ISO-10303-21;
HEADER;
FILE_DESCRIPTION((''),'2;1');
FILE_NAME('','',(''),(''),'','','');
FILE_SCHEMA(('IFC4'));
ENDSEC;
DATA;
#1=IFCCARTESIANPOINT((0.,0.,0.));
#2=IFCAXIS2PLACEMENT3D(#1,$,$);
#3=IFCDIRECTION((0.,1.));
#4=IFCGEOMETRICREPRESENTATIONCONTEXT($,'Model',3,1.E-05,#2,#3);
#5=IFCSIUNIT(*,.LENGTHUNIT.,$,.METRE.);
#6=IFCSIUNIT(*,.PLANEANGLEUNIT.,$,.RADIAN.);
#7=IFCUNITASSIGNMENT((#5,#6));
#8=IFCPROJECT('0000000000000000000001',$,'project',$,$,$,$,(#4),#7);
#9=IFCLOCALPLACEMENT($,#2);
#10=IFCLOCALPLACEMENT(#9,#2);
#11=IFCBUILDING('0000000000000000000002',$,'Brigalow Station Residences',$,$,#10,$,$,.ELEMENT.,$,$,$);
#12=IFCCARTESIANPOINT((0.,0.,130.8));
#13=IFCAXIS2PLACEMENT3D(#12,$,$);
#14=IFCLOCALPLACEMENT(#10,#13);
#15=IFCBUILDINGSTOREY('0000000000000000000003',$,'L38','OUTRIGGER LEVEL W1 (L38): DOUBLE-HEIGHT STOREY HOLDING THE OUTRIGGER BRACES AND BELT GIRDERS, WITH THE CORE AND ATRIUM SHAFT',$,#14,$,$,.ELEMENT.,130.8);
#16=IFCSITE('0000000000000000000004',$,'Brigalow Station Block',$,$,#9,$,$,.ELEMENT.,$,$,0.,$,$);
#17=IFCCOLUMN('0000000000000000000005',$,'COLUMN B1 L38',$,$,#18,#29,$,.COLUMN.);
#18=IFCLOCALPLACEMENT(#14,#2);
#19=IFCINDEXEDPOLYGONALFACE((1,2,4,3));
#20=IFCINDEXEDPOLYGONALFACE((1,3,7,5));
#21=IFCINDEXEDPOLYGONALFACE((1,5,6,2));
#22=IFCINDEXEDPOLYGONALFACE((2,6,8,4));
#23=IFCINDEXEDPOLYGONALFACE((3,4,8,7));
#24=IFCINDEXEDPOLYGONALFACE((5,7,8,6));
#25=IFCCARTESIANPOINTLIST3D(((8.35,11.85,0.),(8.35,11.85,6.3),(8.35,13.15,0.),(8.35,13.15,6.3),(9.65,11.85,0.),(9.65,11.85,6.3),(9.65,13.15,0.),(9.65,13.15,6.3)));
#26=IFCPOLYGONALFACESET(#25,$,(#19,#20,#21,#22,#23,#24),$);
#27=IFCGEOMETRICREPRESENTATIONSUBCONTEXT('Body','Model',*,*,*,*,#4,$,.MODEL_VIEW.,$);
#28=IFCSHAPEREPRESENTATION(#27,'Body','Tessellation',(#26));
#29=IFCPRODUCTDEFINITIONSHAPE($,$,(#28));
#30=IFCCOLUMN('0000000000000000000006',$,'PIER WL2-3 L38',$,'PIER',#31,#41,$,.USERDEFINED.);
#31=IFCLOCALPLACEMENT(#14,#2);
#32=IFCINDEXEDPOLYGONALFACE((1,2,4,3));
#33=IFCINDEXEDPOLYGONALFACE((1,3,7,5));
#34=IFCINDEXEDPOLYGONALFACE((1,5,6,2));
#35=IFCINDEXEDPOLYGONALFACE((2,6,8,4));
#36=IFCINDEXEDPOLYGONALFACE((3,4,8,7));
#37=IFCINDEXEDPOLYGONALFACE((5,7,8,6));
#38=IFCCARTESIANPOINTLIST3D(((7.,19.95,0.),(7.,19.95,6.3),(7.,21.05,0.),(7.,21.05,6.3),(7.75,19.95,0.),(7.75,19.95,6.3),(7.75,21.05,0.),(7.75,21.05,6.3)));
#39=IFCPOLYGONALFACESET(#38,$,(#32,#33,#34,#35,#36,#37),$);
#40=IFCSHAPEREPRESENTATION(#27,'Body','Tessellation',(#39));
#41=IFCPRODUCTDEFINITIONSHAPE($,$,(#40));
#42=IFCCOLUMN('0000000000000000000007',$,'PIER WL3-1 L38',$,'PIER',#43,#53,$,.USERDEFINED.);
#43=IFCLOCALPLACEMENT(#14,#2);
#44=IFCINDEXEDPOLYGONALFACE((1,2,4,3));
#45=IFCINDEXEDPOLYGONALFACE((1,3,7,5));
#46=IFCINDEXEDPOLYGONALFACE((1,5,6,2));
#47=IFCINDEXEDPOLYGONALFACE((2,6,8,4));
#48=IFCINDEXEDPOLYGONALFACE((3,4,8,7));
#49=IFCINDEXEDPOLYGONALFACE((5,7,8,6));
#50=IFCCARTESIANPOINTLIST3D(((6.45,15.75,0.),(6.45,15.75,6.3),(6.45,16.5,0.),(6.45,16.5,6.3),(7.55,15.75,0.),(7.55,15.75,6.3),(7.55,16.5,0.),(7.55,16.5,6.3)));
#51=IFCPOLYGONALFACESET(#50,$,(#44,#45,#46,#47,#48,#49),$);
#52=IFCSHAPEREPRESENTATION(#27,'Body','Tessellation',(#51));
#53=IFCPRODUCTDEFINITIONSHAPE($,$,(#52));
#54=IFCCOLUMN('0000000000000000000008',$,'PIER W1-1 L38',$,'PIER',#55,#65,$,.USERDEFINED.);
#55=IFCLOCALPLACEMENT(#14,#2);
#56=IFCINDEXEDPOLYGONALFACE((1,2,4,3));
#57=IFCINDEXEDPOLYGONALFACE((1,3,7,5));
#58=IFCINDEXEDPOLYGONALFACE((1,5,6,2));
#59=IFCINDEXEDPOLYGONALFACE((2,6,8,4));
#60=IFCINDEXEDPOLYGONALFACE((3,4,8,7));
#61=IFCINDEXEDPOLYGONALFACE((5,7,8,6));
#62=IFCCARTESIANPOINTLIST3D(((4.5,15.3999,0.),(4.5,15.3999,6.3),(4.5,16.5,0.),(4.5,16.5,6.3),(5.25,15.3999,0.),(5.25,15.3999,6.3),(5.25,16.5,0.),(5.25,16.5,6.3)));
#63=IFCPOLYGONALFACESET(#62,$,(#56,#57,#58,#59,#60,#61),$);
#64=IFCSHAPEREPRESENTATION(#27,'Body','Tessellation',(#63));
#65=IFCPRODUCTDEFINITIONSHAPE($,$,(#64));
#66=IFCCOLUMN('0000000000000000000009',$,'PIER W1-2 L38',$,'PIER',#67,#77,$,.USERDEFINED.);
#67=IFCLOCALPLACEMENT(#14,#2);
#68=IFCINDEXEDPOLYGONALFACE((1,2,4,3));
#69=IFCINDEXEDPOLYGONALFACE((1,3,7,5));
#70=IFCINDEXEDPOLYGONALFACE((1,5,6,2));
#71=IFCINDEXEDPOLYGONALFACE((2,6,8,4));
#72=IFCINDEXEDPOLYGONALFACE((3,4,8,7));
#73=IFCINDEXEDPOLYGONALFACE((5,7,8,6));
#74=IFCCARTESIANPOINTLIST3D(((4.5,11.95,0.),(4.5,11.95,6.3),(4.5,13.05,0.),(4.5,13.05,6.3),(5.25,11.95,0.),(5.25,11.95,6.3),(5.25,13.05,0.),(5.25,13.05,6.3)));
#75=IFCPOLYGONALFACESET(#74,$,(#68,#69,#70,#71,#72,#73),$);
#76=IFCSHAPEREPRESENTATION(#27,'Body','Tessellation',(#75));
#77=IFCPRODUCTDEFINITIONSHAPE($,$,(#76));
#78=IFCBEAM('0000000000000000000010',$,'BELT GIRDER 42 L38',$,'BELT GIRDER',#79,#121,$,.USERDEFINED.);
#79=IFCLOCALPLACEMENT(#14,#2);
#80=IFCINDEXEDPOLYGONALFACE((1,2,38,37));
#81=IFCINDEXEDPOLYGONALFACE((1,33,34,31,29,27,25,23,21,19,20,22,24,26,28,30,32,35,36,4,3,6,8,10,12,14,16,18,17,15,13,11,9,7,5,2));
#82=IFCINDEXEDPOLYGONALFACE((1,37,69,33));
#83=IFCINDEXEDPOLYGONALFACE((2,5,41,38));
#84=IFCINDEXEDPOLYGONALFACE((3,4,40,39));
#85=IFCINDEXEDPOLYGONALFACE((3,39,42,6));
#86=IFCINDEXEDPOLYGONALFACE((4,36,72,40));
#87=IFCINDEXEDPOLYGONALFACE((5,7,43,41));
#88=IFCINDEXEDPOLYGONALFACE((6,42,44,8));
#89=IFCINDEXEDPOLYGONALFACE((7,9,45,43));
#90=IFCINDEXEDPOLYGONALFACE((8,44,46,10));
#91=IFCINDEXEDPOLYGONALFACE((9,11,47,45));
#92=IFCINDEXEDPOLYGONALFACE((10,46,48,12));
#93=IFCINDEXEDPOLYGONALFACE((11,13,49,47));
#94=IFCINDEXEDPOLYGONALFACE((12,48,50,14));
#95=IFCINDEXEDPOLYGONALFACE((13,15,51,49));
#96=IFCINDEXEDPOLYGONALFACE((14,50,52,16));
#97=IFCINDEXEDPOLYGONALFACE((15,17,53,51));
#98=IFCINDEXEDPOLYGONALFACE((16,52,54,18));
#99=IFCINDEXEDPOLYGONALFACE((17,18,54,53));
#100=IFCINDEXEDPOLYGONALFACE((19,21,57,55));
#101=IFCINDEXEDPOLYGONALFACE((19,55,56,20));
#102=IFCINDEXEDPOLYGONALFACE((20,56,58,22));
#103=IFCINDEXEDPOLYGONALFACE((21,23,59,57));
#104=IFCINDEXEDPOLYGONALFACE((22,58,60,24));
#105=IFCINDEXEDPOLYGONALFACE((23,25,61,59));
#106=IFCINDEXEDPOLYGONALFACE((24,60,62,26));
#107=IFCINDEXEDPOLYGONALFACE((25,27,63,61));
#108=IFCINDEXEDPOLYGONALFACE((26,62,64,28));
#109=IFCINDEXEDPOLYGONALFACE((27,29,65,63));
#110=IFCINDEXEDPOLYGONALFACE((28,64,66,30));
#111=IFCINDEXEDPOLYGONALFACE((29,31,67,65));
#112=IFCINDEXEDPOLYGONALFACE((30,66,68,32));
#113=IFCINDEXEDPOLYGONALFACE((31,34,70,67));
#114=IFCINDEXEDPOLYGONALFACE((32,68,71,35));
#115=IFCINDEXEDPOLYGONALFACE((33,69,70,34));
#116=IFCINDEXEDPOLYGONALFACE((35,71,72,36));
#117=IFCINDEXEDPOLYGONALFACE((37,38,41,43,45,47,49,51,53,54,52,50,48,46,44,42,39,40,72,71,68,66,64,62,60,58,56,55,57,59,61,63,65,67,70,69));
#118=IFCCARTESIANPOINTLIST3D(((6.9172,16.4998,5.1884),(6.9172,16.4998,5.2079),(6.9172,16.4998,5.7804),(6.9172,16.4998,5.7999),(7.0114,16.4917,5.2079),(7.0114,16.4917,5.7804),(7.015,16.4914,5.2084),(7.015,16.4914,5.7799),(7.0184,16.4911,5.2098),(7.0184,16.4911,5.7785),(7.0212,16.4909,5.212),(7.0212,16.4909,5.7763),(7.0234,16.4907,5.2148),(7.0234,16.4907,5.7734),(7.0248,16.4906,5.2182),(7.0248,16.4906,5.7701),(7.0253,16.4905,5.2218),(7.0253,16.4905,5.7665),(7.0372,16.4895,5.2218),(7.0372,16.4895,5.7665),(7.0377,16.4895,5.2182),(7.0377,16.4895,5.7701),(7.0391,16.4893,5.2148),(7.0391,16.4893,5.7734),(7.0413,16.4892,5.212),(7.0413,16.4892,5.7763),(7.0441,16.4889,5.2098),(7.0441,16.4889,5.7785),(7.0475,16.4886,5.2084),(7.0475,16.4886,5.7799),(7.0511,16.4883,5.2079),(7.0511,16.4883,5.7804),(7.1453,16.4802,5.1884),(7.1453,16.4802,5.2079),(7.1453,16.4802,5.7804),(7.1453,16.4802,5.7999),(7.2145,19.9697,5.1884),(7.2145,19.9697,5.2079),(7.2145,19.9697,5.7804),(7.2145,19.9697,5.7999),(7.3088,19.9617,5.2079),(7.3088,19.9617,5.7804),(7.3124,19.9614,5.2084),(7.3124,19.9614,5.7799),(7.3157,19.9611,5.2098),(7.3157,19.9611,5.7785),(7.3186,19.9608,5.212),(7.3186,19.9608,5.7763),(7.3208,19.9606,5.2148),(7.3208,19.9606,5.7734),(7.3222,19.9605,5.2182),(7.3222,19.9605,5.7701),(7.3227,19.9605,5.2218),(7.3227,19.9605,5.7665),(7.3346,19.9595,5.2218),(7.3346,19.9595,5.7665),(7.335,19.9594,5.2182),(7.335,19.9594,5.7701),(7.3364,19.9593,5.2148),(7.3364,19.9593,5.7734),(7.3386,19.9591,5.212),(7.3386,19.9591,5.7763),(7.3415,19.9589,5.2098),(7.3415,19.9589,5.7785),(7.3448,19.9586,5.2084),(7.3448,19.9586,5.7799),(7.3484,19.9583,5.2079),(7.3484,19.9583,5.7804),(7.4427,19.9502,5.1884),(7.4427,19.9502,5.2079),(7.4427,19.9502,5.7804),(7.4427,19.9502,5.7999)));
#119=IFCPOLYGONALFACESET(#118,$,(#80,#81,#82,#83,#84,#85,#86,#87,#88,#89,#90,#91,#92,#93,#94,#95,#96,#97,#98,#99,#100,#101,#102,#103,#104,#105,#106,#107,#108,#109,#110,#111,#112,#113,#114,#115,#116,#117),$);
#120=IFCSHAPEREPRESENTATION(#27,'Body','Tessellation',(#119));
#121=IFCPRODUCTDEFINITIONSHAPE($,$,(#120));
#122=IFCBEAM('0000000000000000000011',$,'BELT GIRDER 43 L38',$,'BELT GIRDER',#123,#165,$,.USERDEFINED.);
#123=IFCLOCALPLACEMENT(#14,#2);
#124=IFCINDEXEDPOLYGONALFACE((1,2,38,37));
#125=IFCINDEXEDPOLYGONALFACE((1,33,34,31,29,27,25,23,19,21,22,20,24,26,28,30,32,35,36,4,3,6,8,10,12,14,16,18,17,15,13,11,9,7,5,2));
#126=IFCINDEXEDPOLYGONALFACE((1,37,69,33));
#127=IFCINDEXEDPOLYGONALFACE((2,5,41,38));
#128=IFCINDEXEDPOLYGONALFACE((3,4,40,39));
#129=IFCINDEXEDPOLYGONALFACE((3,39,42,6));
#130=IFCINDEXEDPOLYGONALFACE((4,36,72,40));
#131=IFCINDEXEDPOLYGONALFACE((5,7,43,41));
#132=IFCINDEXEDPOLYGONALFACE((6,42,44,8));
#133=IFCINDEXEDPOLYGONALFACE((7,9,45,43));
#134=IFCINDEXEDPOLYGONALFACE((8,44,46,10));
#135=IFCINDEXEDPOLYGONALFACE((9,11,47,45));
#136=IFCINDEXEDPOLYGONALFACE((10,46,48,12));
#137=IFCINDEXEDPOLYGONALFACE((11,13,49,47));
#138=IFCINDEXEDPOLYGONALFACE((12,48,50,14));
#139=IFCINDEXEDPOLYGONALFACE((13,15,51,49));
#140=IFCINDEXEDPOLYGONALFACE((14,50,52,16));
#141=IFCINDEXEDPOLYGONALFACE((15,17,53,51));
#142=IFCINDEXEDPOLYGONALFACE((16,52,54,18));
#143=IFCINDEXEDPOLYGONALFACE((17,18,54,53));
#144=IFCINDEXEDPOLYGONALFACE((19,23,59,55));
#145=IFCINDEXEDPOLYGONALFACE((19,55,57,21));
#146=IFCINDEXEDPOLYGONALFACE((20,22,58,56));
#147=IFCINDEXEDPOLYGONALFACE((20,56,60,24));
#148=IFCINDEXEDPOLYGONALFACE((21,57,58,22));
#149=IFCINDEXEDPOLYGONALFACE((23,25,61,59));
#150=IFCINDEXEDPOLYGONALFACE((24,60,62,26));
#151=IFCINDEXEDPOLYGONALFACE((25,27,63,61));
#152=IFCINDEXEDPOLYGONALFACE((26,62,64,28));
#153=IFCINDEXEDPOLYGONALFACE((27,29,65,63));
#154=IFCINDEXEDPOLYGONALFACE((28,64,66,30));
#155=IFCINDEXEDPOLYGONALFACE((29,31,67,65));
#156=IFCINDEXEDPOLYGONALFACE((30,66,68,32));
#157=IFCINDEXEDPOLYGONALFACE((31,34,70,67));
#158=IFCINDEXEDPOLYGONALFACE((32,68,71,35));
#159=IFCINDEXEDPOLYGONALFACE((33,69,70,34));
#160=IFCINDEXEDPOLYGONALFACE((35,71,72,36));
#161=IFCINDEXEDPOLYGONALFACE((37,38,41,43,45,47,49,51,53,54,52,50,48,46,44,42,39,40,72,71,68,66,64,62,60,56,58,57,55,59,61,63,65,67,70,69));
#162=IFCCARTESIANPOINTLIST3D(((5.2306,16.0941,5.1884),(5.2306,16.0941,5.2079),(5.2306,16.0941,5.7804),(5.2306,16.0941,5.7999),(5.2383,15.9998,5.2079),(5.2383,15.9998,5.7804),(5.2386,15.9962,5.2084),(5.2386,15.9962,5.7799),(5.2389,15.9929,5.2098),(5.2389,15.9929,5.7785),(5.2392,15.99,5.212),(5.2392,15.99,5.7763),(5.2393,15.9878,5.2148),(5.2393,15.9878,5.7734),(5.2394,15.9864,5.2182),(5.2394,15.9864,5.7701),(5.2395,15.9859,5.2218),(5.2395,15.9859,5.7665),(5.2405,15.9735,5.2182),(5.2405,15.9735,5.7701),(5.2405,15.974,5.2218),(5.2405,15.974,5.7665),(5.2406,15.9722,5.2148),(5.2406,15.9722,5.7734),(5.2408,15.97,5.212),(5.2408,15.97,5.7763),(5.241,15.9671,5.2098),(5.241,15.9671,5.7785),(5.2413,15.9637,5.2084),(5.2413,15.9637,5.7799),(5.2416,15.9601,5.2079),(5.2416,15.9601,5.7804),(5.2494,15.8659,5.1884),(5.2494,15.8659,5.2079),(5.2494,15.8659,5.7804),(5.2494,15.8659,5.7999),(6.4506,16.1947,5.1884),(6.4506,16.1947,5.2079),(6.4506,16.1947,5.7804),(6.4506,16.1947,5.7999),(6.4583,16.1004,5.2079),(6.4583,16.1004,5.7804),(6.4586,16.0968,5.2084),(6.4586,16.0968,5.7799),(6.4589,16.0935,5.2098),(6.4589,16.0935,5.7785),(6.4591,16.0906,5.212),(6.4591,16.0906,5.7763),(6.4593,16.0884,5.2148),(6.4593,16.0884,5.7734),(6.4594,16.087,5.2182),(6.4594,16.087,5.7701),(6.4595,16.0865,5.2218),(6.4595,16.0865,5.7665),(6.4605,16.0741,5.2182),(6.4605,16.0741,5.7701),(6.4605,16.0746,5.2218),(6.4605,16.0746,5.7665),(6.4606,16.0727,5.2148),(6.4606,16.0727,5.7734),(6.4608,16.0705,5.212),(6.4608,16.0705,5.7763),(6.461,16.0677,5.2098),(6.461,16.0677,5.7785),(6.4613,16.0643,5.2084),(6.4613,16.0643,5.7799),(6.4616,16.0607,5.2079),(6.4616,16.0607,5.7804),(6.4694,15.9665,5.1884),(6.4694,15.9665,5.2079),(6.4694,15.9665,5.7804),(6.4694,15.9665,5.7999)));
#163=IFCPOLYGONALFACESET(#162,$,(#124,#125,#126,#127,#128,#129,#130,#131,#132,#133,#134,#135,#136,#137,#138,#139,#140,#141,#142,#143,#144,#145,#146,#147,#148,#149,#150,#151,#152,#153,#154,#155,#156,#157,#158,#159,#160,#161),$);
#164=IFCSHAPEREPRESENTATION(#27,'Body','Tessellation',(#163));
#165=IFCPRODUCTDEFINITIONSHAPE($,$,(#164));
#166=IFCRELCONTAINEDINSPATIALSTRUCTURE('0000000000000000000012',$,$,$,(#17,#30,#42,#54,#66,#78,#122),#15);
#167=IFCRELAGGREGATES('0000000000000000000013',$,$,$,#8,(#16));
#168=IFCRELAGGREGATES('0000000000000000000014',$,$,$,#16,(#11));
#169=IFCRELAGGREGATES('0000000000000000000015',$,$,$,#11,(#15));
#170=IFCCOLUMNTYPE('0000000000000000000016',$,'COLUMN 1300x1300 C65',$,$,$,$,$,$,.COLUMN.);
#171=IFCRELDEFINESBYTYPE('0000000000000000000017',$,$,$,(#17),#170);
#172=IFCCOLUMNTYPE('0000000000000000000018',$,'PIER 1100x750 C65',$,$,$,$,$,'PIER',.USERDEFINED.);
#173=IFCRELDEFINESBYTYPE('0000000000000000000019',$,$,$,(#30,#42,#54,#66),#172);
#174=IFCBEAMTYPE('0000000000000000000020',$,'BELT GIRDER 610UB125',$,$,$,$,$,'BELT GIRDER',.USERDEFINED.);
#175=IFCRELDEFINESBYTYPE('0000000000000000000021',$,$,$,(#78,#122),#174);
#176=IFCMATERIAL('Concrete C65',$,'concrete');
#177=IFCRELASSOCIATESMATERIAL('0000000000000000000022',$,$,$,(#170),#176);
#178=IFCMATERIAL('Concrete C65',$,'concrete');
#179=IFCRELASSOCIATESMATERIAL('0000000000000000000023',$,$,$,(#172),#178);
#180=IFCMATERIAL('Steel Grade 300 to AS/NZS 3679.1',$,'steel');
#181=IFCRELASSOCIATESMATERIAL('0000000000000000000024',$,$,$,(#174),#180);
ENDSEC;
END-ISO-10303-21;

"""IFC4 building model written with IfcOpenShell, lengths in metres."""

from ifc_helpers import new_model, si_unit, direction, frame, origin, origin_2d, place, context, subcontext, project, spatial, rectangle, i_section, extrude, material, material_profile, profile_set, type_object, element, save


model = new_model("IFC4")

# Units and contexts
model_context = context("Model", 3, precision=1e-05, world=origin(), true_north=direction((0.0, 1.0)))
body_context = subcontext(model_context, "Body", "Model", "MODEL_VIEW")
ifc_project = project(units=[si_unit("LENGTHUNIT", "METRE"), si_unit("PLANEANGLEUNIT", "RADIAN")], contexts=[model_context])

# Site, building, storey
site_placement = place(None, origin())
site = spatial("IfcSite", under=ifc_project, at=site_placement, Name="Brigalow Station Block", CompositionType="ELEMENT", RefElevation=0.0)
building_placement = place(site_placement, origin())
building = spatial("IfcBuilding", under=site, at=building_placement, Name="Brigalow Station Residences", CompositionType="ELEMENT")
storey_placement = place(building_placement, frame((0.0, 0.0, 130.8)))
storey = spatial("IfcBuildingStorey", under=building, at=storey_placement, Name="L38", Description="OUTRIGGER LEVEL W1 (L38): DOUBLE-HEIGHT STOREY HOLDING THE OUTRIGGER BRACES AND BELT GIRDERS, WITH THE CORE AND ATRIUM SHAFT", CompositionType="ELEMENT", Elevation=130.8)

# Columns
ifc_material_1 = material(Name="Concrete C65", Category="concrete")
ifc_material_profile_1 = material_profile(ifc_material_1, rectangle(XDim=1.3, YDim=1.3, at=origin_2d()), Name="RC1300x1300")
ifc_profile_set_1 = profile_set([ifc_material_profile_1], Name="Concrete C65")
column_type_1 = type_object("IfcColumnType", Name="COLUMN 1300x1300 C65", PredefinedType="COLUMN", material=ifc_profile_set_1)
column_placement = place(storey_placement, frame((9.0, 12.5, 0.0), z_axis=(0.0, 0.0, 1.0), x_axis=(1.0, 0.0, 0.0)))
element("IfcColumn", 1, at=column_placement, inside=storey, type_object=column_type_1, Name="COLUMN B1 L38", PredefinedType="COLUMN", context=body_context, shape_type="SweptSolid", body=[
    extrude(rectangle(XDim=1.3, YDim=1.3, at=origin_2d()), origin(), (0.0, 0.0, 1.0), 6.3),
])
ifc_material_2 = material(Name="Concrete C65", Category="concrete")
ifc_material_profile_2 = material_profile(ifc_material_2, rectangle(XDim=1.1001, YDim=0.75, at=origin_2d()), Name="RC1100x750")
ifc_profile_set_2 = profile_set([ifc_material_profile_2], Name="Concrete C65")
column_type_2 = type_object("IfcColumnType", Name="PIER 1100x750 C65", ElementType="PIER", PredefinedType="USERDEFINED", material=ifc_profile_set_2)
for number, where, z_axis, x_axis, name in (
    (2, (7.375, 20.5, 0.0), (0.0, 0.0, 1.0), (0.0, -1.0, 0.0), "PIER WL2-3 L38"),
    (3, (7.0, 16.125, 0.0), (0.0, 0.0, 1.0), (-1.0, 0.0, 0.0), "PIER WL3-1 L38"),
    (4, (4.875, 15.95, 0.0), (0.0, 0.0, 1.0), (0.0, -1.0, 0.0), "PIER W1-1 L38"),
    (5, (4.875, 12.5, 0.0), (0.0, 0.0, 1.0), (0.0, -1.0, 0.0), "PIER W1-2 L38"),
):
    element("IfcColumn", number, at=place(storey_placement, frame(where, z_axis=z_axis, x_axis=x_axis)), inside=storey, type_object=column_type_2, Name=name, ObjectType="PIER", PredefinedType="USERDEFINED", context=body_context, shape_type="SweptSolid", body=[
        extrude(rectangle(XDim=1.1001, YDim=0.75, at=origin_2d()), origin(), (0.0, 0.0, 1.0), 6.3),
    ])

# Beams
ifc_material_3 = material(Name="Steel Grade 300 to AS/NZS 3679.1", Category="steel")
ifc_material_profile_3 = material_profile(ifc_material_3, i_section(OverallWidth=0.229, OverallDepth=0.6116, WebThickness=0.012, FlangeThickness=0.0195, FilletRadius=0.0139, at=origin_2d()), Name="610UB125")
ifc_profile_set_3 = profile_set([ifc_material_profile_3], Name="Steel Grade 300 to AS/NZS 3679.1")
beam_type = type_object("IfcBeamType", Name="BELT GIRDER 610UB125", ElementType="BELT GIRDER", PredefinedType="USERDEFINED", material=ifc_profile_set_3)
beam_1_placement = place(storey_placement, frame((7.3286, 19.96, 5.4941), z_axis=(-0.085383, -0.996348, 0.0), x_axis=(0.996348, -0.085383, 0.0)))
element("IfcBeam", 6, at=beam_1_placement, inside=storey, type_object=beam_type, Name="BELT GIRDER 42 L38", ObjectType="BELT GIRDER", PredefinedType="USERDEFINED", context=body_context, shape_type="SweptSolid", body=[
    extrude(i_section(OverallWidth=0.229, OverallDepth=0.6116, WebThickness=0.012, FlangeThickness=0.0195, FilletRadius=0.0139, at=origin_2d()), origin(), (0.0, 0.0, 1.0), 3.4827),
])
beam_2_placement = place(storey_placement, frame((6.46, 16.0806, 5.4941), z_axis=(-0.996618, -0.082171, 0.0), x_axis=(0.082171, -0.996618, 0.0)))
element("IfcBeam", 7, at=beam_2_placement, inside=storey, type_object=beam_type, Name="BELT GIRDER 43 L38", ObjectType="BELT GIRDER", PredefinedType="USERDEFINED", context=body_context, shape_type="SweptSolid", body=[
    extrude(i_section(OverallWidth=0.229, OverallDepth=0.6116, WebThickness=0.012, FlangeThickness=0.0195, FilletRadius=0.0139, at=origin_2d()), origin(), (0.0, 0.0, 1.0), 1.2241),
])

save(model, "model.ifc")
